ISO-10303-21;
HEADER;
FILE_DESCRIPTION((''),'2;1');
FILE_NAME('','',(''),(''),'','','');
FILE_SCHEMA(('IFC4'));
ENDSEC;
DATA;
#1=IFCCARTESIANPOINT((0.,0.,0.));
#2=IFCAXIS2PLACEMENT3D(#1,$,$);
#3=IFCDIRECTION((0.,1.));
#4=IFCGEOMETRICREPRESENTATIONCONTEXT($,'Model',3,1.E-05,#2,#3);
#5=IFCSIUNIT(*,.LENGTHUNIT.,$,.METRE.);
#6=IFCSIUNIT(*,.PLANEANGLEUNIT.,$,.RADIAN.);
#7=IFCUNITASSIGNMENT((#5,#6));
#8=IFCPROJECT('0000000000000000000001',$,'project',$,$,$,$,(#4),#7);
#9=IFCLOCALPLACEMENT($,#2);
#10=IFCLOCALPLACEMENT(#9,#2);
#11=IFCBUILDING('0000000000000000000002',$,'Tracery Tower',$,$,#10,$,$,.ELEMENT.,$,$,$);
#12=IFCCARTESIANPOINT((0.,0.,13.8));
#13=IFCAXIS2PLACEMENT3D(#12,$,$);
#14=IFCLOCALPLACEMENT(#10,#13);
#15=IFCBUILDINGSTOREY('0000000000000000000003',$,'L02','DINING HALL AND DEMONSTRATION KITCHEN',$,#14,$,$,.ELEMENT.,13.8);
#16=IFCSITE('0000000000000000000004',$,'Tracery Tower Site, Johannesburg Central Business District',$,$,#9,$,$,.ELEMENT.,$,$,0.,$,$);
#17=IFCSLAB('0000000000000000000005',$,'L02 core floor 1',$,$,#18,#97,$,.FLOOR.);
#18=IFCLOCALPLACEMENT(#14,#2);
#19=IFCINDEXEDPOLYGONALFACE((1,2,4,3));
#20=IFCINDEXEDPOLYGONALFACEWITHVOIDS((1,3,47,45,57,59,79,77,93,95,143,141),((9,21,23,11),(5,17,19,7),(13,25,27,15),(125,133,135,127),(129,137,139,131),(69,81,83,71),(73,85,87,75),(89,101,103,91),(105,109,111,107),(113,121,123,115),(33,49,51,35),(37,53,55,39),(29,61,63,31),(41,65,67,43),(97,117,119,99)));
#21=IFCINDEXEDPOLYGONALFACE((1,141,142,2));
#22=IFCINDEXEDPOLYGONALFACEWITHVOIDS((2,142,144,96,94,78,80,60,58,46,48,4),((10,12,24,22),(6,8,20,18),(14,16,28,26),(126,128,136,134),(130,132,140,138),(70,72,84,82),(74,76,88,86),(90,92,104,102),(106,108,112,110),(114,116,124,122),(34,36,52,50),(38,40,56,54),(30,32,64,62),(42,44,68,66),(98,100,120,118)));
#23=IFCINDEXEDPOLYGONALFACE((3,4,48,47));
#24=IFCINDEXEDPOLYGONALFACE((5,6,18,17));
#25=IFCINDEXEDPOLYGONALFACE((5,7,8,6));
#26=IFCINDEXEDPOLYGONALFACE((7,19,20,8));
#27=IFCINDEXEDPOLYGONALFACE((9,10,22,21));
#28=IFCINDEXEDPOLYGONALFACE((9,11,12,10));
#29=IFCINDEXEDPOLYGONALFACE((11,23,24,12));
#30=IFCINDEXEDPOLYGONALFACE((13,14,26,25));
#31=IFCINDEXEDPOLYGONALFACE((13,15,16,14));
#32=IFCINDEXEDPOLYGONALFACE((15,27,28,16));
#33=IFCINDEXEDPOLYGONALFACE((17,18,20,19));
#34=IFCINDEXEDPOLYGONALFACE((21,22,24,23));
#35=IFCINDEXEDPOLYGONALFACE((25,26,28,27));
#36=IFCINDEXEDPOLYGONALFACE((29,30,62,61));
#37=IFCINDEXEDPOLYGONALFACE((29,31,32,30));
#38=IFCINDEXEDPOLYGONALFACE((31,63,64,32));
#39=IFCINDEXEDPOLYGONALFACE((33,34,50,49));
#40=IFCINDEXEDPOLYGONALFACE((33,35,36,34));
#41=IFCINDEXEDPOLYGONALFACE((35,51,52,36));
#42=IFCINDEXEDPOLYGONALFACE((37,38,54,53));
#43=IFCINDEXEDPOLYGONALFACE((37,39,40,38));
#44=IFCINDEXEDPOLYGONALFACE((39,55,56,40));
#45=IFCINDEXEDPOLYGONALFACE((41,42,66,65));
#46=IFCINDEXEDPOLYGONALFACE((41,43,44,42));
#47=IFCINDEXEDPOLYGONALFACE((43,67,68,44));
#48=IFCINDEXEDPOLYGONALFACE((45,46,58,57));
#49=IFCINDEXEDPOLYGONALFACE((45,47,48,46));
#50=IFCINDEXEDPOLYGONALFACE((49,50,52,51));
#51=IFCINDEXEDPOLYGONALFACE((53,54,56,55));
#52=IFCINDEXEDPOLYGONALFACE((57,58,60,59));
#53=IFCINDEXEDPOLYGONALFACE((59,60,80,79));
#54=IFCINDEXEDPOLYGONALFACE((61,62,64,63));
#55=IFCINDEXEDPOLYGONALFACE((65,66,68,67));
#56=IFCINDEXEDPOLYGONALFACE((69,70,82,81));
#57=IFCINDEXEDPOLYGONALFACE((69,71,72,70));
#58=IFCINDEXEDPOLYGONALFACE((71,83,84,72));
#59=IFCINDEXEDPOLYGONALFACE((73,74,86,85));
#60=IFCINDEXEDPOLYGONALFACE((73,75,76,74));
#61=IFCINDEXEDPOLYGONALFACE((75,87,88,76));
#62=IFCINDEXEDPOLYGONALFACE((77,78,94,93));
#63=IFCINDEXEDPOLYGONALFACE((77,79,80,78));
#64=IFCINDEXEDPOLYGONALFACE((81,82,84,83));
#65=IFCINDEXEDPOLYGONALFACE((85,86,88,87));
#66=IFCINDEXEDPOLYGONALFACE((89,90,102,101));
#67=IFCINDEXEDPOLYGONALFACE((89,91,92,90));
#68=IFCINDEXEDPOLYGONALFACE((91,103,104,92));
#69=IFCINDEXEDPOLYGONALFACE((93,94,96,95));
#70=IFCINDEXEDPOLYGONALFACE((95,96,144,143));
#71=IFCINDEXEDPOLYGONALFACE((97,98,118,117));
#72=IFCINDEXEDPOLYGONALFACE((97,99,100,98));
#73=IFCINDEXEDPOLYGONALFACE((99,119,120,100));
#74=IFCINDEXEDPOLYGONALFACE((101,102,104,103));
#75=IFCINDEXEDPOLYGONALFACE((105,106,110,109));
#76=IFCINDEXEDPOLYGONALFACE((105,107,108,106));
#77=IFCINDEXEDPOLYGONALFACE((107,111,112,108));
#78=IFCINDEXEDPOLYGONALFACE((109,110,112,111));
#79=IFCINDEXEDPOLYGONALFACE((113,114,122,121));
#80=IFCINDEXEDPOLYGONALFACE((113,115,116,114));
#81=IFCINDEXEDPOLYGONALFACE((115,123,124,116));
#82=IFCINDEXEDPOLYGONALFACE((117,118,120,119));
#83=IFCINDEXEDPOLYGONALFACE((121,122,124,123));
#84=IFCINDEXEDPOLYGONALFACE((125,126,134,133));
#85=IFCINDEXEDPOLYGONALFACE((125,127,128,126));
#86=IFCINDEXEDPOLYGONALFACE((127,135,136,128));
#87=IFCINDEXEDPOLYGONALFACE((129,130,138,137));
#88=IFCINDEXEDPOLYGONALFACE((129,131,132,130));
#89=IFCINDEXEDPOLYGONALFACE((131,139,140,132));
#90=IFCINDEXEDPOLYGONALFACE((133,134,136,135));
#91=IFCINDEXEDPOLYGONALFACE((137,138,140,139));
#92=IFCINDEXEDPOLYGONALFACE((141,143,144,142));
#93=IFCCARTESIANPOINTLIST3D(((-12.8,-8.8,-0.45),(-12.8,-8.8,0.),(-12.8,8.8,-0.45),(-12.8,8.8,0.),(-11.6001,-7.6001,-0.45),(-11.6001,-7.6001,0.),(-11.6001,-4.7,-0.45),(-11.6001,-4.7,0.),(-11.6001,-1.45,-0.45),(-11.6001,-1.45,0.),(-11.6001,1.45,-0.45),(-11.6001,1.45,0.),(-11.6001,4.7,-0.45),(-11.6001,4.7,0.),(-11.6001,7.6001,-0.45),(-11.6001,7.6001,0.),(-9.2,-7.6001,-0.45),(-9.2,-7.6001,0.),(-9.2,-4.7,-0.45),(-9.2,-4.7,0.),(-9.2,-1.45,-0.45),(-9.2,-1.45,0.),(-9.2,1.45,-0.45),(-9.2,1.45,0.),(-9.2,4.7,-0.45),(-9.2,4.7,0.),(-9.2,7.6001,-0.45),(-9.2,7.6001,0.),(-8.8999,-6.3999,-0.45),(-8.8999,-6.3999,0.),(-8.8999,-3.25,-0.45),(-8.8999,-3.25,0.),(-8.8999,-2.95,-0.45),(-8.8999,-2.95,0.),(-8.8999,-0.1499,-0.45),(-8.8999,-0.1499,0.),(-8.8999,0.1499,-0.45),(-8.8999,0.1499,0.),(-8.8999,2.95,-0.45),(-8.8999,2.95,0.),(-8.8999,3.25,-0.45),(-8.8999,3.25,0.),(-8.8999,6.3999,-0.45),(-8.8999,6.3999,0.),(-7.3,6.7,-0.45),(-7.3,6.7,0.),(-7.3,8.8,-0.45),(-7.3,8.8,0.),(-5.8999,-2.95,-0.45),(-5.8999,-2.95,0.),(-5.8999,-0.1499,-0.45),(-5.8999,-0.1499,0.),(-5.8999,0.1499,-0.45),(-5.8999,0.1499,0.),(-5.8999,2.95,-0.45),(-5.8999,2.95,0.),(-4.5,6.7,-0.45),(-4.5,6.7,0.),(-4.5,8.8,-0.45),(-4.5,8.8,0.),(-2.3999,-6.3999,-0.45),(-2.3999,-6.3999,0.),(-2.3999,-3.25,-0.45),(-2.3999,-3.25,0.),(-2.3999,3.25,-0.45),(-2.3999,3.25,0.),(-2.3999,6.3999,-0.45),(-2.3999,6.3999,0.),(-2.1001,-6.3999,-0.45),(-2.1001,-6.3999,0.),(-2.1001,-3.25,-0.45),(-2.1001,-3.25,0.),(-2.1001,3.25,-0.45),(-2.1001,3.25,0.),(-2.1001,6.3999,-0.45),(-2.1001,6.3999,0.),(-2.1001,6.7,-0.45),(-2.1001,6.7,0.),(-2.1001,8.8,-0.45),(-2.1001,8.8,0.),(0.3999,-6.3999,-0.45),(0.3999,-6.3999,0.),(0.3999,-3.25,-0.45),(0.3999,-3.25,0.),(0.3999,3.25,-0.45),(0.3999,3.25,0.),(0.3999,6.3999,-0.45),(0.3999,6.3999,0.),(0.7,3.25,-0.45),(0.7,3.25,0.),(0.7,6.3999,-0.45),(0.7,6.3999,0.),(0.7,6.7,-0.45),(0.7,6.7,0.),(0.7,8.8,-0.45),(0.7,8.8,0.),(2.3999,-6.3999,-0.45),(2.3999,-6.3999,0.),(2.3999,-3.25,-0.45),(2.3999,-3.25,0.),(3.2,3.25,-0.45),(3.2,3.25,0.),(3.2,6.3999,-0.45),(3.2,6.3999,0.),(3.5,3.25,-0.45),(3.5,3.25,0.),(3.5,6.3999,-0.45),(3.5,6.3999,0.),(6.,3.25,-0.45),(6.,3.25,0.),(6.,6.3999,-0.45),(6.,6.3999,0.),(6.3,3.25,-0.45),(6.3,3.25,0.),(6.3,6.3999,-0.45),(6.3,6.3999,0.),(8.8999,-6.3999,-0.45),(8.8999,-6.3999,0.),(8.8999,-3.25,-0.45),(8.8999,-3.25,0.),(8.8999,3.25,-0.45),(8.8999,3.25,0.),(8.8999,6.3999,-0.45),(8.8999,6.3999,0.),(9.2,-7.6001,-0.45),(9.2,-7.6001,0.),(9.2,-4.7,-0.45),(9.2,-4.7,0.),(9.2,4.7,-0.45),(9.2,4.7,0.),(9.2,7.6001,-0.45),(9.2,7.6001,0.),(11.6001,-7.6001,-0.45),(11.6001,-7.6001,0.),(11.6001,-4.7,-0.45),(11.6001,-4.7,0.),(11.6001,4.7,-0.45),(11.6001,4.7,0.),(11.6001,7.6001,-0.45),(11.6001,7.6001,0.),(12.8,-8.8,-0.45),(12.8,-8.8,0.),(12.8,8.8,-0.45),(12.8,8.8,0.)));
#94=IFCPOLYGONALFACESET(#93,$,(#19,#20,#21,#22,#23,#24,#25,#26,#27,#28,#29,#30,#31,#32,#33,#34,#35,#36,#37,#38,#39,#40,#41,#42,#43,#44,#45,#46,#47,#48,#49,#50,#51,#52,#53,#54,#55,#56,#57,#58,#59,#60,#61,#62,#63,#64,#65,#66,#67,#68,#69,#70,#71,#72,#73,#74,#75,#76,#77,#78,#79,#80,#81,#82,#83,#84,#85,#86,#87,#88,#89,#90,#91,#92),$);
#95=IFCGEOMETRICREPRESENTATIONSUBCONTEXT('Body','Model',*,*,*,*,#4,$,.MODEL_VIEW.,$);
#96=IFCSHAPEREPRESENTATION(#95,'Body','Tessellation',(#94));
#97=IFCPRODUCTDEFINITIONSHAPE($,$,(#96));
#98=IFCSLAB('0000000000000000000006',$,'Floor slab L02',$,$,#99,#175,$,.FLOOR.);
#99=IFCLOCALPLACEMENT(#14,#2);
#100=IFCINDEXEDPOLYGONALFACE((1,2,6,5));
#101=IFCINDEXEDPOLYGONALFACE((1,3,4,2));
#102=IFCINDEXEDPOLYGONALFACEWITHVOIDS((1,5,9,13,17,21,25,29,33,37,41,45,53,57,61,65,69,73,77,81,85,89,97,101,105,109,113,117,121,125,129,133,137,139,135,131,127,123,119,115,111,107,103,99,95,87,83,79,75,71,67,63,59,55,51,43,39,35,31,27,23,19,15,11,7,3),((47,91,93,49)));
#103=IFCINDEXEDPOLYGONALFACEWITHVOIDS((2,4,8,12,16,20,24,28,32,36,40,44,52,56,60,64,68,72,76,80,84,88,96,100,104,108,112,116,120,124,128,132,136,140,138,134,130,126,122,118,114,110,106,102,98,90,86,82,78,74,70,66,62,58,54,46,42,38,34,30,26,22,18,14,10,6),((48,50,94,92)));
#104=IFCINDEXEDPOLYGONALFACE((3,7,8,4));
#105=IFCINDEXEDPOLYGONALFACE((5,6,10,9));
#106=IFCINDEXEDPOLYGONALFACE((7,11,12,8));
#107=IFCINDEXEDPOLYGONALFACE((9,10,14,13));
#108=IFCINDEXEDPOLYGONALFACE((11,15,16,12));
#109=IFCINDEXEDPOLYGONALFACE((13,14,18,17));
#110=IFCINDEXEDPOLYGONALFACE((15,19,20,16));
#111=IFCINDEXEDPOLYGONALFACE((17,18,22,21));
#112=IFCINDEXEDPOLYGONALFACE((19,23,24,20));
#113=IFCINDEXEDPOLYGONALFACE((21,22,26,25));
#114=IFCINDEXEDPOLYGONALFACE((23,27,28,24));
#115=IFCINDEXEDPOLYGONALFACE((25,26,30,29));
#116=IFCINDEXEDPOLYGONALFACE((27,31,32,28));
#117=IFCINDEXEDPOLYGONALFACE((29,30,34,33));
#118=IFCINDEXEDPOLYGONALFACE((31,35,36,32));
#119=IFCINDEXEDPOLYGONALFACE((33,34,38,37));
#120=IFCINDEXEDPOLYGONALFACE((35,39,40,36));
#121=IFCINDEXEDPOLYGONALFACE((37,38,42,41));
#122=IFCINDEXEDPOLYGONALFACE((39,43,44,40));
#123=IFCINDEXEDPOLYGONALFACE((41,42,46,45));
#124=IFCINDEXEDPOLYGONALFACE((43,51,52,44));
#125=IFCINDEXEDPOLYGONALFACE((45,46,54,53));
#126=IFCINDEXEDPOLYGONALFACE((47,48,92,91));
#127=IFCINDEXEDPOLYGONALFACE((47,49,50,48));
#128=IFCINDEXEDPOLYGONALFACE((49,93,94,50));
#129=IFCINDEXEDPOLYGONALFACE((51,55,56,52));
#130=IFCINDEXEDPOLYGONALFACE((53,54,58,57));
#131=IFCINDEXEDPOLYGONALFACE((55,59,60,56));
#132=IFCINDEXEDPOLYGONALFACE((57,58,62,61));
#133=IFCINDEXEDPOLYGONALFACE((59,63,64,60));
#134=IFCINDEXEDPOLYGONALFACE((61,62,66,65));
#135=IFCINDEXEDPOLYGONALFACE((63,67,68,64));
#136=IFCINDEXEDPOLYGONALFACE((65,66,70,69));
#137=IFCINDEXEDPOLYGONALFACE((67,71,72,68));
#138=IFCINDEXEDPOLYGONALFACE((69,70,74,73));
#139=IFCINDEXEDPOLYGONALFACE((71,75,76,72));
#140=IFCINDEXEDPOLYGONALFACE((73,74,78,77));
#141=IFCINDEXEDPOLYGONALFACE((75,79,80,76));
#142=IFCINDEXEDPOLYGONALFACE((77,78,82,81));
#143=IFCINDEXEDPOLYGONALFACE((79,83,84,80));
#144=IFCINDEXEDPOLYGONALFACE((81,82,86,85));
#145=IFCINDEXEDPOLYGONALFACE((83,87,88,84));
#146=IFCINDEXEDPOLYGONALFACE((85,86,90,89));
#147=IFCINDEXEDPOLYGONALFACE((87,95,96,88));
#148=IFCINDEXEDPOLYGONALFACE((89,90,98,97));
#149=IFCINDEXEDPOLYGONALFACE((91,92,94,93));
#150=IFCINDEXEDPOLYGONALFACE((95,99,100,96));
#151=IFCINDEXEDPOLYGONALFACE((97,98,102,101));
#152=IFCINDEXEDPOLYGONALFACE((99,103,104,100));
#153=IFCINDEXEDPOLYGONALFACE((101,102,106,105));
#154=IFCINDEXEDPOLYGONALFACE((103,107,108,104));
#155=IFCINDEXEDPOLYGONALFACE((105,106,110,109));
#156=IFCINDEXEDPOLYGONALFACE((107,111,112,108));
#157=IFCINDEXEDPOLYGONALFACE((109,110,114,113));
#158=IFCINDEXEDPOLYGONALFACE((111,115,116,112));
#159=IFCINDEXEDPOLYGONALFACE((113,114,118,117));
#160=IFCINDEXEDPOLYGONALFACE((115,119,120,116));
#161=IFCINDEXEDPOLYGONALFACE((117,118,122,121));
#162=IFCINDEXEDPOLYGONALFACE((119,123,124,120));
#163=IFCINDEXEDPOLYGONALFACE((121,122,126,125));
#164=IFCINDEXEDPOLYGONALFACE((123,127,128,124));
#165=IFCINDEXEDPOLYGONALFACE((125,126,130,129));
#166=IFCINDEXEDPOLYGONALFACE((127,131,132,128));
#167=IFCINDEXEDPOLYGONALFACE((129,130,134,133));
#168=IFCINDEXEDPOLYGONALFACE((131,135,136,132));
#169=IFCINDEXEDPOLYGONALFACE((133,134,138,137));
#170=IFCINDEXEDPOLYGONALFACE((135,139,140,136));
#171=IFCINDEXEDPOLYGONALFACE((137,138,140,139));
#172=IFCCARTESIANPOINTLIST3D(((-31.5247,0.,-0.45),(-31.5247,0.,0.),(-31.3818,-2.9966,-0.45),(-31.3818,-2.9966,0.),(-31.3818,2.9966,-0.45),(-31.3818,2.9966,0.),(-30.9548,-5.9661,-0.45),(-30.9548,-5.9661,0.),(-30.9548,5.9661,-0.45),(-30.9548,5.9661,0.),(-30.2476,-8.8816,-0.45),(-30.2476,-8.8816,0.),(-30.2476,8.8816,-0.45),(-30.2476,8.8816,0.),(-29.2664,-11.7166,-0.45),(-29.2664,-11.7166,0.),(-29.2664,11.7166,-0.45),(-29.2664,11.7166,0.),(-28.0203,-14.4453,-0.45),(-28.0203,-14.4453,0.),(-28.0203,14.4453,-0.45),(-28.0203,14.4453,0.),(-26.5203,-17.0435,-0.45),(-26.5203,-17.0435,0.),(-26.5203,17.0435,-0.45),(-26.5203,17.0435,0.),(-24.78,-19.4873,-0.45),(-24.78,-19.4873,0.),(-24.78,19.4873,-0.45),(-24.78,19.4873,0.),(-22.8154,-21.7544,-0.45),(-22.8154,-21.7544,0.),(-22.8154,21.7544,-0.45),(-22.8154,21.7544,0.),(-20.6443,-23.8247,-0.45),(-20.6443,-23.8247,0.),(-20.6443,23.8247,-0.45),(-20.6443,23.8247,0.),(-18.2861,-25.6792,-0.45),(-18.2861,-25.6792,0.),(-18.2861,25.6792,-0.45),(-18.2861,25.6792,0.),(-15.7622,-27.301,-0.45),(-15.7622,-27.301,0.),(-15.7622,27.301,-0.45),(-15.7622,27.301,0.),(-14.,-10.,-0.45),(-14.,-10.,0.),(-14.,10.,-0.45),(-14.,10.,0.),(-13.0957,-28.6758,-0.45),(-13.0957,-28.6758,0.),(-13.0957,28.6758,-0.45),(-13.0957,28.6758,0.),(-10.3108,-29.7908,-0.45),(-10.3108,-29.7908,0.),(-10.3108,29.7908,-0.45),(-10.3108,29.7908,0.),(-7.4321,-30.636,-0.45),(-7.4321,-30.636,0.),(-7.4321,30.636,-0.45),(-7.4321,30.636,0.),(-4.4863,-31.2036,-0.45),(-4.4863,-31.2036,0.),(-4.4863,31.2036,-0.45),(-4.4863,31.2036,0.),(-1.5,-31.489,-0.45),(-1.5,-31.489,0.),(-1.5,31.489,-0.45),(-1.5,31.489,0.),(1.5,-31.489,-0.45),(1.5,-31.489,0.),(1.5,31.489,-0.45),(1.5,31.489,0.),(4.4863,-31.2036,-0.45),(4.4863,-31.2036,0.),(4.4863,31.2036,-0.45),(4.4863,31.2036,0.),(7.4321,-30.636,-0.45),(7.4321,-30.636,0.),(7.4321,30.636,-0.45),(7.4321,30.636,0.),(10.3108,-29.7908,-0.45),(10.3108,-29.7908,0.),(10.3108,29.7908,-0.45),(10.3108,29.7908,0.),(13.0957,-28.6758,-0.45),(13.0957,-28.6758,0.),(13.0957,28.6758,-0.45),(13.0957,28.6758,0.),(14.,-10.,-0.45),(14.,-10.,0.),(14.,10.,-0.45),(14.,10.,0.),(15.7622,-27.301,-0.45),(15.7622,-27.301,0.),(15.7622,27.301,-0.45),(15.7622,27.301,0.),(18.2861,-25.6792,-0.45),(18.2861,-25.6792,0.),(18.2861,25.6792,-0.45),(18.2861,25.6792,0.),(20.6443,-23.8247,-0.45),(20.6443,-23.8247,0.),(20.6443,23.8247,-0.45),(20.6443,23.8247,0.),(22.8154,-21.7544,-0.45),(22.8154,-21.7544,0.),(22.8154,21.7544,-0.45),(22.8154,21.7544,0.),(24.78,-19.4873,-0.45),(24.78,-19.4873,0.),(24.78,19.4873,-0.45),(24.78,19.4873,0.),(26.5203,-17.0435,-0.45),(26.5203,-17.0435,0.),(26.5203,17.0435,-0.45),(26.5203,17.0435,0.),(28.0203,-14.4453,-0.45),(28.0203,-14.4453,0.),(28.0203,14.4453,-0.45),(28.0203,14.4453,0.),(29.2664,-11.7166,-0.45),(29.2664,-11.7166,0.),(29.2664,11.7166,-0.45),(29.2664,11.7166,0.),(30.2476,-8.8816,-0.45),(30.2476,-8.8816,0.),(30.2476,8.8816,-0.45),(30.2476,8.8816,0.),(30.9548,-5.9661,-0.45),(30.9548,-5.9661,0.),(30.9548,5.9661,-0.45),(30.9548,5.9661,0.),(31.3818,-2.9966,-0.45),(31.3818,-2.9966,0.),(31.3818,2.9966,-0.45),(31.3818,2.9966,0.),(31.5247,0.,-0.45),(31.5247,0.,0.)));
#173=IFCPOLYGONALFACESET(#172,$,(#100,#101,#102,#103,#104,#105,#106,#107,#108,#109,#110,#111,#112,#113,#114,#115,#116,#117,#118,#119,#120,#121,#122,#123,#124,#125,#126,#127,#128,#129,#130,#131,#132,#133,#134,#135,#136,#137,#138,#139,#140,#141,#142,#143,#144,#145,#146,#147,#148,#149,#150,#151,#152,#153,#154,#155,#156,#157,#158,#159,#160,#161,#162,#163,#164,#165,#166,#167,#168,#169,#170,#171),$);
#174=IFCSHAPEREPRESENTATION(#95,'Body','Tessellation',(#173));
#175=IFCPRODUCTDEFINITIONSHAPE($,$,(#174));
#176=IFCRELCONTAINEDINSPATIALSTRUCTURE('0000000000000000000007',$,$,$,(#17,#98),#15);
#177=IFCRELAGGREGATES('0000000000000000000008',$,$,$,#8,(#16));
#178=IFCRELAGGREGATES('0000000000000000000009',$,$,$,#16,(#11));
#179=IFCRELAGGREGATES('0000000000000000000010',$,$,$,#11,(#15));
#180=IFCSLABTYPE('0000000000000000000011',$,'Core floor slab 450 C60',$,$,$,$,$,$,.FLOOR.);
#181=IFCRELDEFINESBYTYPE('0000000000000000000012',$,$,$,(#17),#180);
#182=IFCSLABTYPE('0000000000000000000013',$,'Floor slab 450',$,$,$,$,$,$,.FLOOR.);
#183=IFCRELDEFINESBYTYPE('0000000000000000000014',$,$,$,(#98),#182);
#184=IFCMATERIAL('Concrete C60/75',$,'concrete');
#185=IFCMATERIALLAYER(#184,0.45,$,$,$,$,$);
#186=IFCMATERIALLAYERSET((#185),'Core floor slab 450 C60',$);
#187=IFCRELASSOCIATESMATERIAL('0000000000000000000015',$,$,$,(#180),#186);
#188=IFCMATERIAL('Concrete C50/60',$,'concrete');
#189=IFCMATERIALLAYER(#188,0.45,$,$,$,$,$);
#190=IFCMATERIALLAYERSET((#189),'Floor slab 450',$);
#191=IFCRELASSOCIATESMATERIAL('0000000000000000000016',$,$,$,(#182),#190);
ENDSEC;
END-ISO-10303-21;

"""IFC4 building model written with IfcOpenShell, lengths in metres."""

from ifc_helpers import new_model, si_unit, direction, frame, origin, place, context, subcontext, project, spatial, polyline, outline, extrude, material, layer, layer_set, type_object, element, save


model = new_model("IFC4")

# Units and contexts
model_context = context("Model", 3, precision=1e-05, world=origin(), true_north=direction((0.0, 1.0)))
body_context = subcontext(model_context, "Body", "Model", "MODEL_VIEW")
ifc_project = project(units=[si_unit("LENGTHUNIT", "METRE"), si_unit("PLANEANGLEUNIT", "RADIAN")], contexts=[model_context])

# Site, building, storey
site_placement = place(None, origin())
site = spatial("IfcSite", under=ifc_project, at=site_placement, Name="Tracery Tower Site, Johannesburg Central Business District", CompositionType="ELEMENT", RefElevation=0.0)
building_placement = place(site_placement, origin())
building = spatial("IfcBuilding", under=site, at=building_placement, Name="Tracery Tower", CompositionType="ELEMENT")
storey_placement = place(building_placement, frame((0.0, 0.0, 13.8)))
storey = spatial("IfcBuildingStorey", under=building, at=storey_placement, Name="L02", Description="DINING HALL AND DEMONSTRATION KITCHEN", CompositionType="ELEMENT", Elevation=13.8)

# Slabs
ifc_material_1 = material(Name="Concrete C60/75", Category="concrete")
ifc_layer_1 = layer(ifc_material_1, 0.45)
ifc_layer_set_1 = layer_set([ifc_layer_1], Name="Core floor slab 450 C60")
slab_type_1 = type_object("IfcSlabType", Name="Core floor slab 450 C60", PredefinedType="FLOOR", material=ifc_layer_set_1)
slab_1_placement = place(storey_placement, frame((0.0, 0.0, -0.45)))
element("IfcSlab", 1, at=slab_1_placement, inside=storey, type_object=slab_type_1, Name="L02 core floor 1", PredefinedType="FLOOR", context=body_context, shape_type="SweptSolid", body=[
    extrude(outline(polyline([(-12.8, 8.8), (-7.3, 8.8), (-7.3, 6.7), (-4.5, 6.7), (-4.5, 8.8), (-2.1001, 8.8), (-2.1001, 6.7), (0.7, 6.7), (0.7, 8.8), (12.8, 8.8), (12.8, -8.8), (-12.8, -8.8), (-12.8, 8.8)]), holes=[polyline([(11.6001, -7.6001), (11.6001, -4.7), (9.2, -4.7), (9.2, -7.6001), (11.6001, -7.6001)]), polyline([(11.6001, 4.7), (11.6001, 7.6001), (9.2, 7.6001), (9.2, 4.7), (11.6001, 4.7)]), polyline([(2.3999, -6.3999), (8.8999, -6.3999), (8.8999, -3.25), (2.3999, -3.25), (2.3999, -6.3999)]), polyline([(6.3, 3.25), (8.8999, 3.25), (8.8999, 6.3999), (6.3, 6.3999), (6.3, 3.25)]), polyline([(3.5, 3.25), (6.0, 3.25), (6.0, 6.3999), (3.5, 6.3999), (3.5, 3.25)]), polyline([(3.2, 3.25), (3.2, 6.3999), (0.7, 6.3999), (0.7, 3.25), (3.2, 3.25)]), polyline([(-2.1001, 3.25), (0.3999, 3.25), (0.3999, 6.3999), (-2.1001, 6.3999), (-2.1001, 3.25)]), polyline([(0.3999, -6.3999), (0.3999, -3.25), (-2.1001, -3.25), (-2.1001, -6.3999), (0.3999, -6.3999)]), polyline([(-2.3999, -6.3999), (-2.3999, -3.25), (-8.8999, -3.25), (-8.8999, -6.3999), (-2.3999, -6.3999)]), polyline([(-2.3999, 3.25), (-2.3999, 6.3999), (-8.8999, 6.3999), (-8.8999, 3.25), (-2.3999, 3.25)]), polyline([(-8.8999, -2.95), (-5.8999, -2.95), (-5.8999, -0.1499), (-8.8999, -0.1499), (-8.8999, -2.95)]), polyline([(-5.8999, 0.1499), (-5.8999, 2.95), (-8.8999, 2.95), (-8.8999, 0.1499), (-5.8999, 0.1499)]), polyline([(-11.6001, 4.7), (-9.2, 4.7), (-9.2, 7.6001), (-11.6001, 7.6001), (-11.6001, 4.7)]), polyline([(-9.2, -7.6001), (-9.2, -4.7), (-11.6001, -4.7), (-11.6001, -7.6001), (-9.2, -7.6001)]), polyline([(-9.2, -1.45), (-9.2, 1.45), (-11.6001, 1.45), (-11.6001, -1.45), (-9.2, -1.45)])]), origin(), (0.0, 0.0, 1.0), 0.45),
])
ifc_material_2 = material(Name="Concrete C50/60", Category="concrete")
ifc_layer_2 = layer(ifc_material_2, 0.45)
ifc_layer_set_2 = layer_set([ifc_layer_2], Name="Floor slab 450")
slab_type_2 = type_object("IfcSlabType", Name="Floor slab 450", PredefinedType="FLOOR", material=ifc_layer_set_2)
slab_2_placement = place(storey_placement, frame((0.0, 0.0, -0.45)))
element("IfcSlab", 2, at=slab_2_placement, inside=storey, type_object=slab_type_2, Name="Floor slab L02", PredefinedType="FLOOR", context=body_context, shape_type="SweptSolid", body=[
    extrude(outline(polyline([(31.5247, 0.0), (31.3818, 2.9966), (30.9548, 5.9661), (30.2476, 8.8816), (29.2664, 11.7166), (28.0203, 14.4453), (26.5203, 17.0435), (24.78, 19.4873), (22.8154, 21.7544), (20.6443, 23.8247), (18.2861, 25.6792), (15.7622, 27.301), (13.0957, 28.6758), (10.3108, 29.7908), (7.4321, 30.636), (4.4863, 31.2036), (1.5, 31.489), (-1.5, 31.489), (-4.4863, 31.2036), (-7.4321, 30.636), (-10.3108, 29.7908), (-13.0957, 28.6758), (-15.7622, 27.301), (-18.2861, 25.6792), (-20.6443, 23.8247), (-22.8154, 21.7544), (-24.78, 19.4873), (-26.5203, 17.0435), (-28.0203, 14.4453), (-29.2664, 11.7166), (-30.2476, 8.8816), (-30.9548, 5.9661), (-31.3818, 2.9966), (-31.5247, 0.0), (-31.3818, -2.9966), (-30.9548, -5.9661), (-30.2476, -8.8816), (-29.2664, -11.7166), (-28.0203, -14.4453), (-26.5203, -17.0435), (-24.78, -19.4873), (-22.8154, -21.7544), (-20.6443, -23.8247), (-18.2861, -25.6792), (-15.7622, -27.301), (-13.0957, -28.6758), (-10.3108, -29.7908), (-7.4321, -30.636), (-4.4863, -31.2036), (-1.5, -31.489), (1.5, -31.489), (4.4863, -31.2036), (7.4321, -30.636), (10.3108, -29.7908), (13.0957, -28.6758), (15.7622, -27.301), (18.2861, -25.6792), (20.6443, -23.8247), (22.8154, -21.7544), (24.78, -19.4873), (26.5203, -17.0435), (28.0203, -14.4453), (29.2664, -11.7166), (30.2476, -8.8816), (30.9548, -5.9661), (31.3818, -2.9966), (31.5247, 0.0)]), holes=[polyline([(-14.0, -10.0), (14.0, -10.0), (14.0, 10.0), (-14.0, 10.0), (-14.0, -10.0)])]), origin(), (0.0, 0.0, 1.0), 0.45),
])

save(model, "model.ifc")
